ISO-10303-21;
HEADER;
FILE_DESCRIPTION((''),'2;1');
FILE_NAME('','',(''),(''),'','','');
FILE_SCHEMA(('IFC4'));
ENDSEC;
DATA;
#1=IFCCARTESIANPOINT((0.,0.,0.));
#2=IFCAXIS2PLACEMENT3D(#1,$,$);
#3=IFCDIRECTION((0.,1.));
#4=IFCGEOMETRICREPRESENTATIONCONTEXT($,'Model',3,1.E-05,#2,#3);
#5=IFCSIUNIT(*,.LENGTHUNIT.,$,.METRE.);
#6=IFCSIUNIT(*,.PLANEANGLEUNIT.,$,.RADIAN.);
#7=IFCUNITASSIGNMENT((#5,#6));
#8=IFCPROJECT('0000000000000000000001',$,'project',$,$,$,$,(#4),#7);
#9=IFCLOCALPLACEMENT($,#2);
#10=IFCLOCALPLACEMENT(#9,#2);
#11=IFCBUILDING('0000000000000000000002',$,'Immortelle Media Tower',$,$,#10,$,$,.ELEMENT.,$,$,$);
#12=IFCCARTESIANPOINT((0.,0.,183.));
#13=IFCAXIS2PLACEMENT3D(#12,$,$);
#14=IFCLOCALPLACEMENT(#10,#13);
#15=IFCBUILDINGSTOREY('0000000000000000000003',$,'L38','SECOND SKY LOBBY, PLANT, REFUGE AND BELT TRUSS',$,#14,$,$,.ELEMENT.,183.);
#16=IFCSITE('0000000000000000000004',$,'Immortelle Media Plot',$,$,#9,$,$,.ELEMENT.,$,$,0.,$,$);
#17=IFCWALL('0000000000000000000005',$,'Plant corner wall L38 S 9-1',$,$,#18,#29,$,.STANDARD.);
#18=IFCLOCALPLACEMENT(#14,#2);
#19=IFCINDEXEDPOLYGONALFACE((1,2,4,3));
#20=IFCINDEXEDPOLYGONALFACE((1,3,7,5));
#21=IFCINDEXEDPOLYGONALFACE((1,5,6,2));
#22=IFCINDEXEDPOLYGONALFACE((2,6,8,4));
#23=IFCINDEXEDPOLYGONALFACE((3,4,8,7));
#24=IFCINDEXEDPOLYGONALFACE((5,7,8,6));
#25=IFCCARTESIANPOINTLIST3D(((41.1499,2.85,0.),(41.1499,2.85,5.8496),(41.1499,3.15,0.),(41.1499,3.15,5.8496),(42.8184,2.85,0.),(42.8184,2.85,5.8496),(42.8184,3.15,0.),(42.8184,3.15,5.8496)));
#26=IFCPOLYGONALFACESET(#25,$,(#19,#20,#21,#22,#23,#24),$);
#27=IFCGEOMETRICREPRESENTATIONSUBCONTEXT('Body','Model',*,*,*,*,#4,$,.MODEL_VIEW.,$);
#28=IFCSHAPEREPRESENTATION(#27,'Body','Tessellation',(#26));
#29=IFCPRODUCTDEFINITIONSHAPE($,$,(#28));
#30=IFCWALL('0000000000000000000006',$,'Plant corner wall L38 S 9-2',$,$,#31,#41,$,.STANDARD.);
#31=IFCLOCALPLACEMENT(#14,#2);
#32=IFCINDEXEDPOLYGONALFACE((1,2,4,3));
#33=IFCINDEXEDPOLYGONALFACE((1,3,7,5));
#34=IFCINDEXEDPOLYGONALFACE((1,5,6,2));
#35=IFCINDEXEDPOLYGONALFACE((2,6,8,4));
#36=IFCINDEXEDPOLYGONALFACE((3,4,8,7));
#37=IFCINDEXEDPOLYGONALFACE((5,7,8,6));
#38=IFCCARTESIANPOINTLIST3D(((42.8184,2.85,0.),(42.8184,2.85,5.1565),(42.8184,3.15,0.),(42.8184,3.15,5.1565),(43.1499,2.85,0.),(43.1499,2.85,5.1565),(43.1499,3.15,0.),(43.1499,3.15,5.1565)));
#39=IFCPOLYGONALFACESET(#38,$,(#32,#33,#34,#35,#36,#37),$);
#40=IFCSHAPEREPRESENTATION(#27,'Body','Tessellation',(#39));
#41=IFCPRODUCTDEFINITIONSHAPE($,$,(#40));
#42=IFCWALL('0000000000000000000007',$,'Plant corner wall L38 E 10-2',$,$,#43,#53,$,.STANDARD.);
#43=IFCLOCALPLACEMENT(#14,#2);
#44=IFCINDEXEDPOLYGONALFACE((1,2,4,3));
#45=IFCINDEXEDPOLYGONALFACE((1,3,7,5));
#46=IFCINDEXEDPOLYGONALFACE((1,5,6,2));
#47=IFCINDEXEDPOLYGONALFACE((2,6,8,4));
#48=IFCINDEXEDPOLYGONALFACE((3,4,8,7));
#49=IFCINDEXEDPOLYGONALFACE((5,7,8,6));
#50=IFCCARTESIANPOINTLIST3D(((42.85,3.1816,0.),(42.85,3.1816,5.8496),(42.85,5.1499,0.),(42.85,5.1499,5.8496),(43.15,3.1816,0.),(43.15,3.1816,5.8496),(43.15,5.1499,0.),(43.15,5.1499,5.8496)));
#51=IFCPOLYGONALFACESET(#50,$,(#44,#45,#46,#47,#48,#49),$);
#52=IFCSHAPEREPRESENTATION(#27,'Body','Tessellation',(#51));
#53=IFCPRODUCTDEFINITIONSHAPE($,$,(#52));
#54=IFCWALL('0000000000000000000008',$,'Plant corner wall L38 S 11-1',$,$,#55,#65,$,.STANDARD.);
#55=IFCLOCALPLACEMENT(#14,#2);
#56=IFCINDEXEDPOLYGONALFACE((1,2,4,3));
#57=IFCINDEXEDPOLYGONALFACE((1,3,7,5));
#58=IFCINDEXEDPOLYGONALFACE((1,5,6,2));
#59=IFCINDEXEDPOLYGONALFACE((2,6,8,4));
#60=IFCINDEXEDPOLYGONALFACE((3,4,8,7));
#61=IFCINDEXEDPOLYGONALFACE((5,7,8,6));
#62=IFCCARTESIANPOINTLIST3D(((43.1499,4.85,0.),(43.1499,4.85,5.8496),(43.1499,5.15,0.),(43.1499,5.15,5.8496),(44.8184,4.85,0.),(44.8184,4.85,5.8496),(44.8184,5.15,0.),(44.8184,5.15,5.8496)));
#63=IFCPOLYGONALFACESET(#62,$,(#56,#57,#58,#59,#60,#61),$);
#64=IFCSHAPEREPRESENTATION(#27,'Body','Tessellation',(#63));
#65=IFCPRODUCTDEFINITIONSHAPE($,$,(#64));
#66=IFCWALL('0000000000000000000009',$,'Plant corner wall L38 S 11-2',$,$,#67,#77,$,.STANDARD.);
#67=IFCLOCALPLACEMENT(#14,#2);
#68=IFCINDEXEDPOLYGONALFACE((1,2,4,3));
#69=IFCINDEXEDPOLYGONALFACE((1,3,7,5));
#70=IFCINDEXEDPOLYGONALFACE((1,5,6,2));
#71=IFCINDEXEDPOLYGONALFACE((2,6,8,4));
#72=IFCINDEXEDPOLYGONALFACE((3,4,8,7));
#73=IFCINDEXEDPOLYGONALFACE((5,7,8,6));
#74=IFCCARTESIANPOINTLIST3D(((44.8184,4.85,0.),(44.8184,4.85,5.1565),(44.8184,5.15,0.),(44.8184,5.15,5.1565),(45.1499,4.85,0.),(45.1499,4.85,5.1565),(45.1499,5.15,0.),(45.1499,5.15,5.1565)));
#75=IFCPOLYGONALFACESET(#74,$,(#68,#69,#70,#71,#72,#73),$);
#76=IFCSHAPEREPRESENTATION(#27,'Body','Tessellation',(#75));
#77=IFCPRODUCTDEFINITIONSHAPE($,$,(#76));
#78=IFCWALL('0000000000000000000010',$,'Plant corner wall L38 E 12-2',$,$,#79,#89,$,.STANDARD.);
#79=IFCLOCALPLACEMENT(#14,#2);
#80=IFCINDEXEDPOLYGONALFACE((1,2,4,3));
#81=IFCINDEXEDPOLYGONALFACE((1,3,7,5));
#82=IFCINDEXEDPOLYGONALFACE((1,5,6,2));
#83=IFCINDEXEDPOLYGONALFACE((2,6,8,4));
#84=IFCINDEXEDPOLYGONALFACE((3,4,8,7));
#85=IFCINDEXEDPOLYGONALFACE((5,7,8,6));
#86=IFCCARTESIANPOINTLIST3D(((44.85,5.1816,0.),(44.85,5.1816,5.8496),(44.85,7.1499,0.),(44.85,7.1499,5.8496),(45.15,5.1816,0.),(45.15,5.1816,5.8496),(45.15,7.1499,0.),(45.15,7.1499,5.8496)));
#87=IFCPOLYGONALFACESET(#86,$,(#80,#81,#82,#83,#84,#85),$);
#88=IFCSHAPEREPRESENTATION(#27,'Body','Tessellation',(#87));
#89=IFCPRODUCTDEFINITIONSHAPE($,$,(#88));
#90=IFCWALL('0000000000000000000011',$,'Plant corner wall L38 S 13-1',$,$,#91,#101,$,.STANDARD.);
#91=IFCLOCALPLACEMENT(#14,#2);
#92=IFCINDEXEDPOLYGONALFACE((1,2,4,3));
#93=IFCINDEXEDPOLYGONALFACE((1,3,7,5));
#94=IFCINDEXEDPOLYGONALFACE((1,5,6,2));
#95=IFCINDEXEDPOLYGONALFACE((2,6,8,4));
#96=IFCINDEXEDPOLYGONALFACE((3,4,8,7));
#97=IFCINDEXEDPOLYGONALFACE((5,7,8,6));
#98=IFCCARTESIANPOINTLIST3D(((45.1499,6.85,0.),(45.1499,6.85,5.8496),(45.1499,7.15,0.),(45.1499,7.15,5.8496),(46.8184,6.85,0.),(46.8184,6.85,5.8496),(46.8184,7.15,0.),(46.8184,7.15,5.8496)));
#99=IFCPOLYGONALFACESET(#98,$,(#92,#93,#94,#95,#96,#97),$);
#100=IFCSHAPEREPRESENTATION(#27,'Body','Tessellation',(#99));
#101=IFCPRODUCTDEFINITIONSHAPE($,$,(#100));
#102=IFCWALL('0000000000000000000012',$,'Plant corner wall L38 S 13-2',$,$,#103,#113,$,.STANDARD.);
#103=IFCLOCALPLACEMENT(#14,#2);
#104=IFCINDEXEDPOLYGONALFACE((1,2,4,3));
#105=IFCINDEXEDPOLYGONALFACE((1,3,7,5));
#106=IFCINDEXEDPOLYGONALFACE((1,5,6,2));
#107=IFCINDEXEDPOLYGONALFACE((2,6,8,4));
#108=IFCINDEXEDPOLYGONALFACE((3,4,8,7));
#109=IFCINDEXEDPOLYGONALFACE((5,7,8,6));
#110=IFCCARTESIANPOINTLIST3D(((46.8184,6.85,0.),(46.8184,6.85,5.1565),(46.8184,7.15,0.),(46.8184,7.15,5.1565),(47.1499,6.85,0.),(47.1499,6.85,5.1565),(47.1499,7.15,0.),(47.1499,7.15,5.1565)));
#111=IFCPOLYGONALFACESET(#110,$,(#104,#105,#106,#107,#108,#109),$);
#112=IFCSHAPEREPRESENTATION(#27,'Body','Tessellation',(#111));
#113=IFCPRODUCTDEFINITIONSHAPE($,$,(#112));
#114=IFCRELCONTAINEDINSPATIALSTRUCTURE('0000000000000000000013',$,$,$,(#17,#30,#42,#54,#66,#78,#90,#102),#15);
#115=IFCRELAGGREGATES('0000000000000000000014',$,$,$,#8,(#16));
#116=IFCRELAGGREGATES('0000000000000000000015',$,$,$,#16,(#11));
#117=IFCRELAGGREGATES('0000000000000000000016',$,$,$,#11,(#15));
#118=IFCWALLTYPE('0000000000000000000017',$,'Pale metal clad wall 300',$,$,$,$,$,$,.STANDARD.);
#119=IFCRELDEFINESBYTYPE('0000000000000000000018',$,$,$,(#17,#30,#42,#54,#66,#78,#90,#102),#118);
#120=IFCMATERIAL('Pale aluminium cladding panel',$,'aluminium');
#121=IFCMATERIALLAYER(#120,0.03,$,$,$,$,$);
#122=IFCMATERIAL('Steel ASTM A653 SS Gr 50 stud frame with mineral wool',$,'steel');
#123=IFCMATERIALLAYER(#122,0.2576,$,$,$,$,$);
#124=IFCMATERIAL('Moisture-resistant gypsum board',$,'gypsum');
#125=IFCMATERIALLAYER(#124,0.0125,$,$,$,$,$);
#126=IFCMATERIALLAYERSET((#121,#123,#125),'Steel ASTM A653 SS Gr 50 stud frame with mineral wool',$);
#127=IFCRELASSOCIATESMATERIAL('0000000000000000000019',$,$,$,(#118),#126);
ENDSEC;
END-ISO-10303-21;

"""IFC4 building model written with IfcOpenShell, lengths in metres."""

from ifc_helpers import new_model, si_unit, direction, frame, frame_2d, origin, place, context, subcontext, project, spatial, rectangle, extrude, material, layer, layer_set, type_object, element, save


model = new_model("IFC4")

# Units and contexts
model_context = context("Model", 3, precision=1e-05, world=origin(), true_north=direction((0.0, 1.0)))
body_context = subcontext(model_context, "Body", "Model", "MODEL_VIEW")
ifc_project = project(units=[si_unit("LENGTHUNIT", "METRE"), si_unit("PLANEANGLEUNIT", "RADIAN")], contexts=[model_context])

# Site, building, storey
site_placement = place(None, origin())
site = spatial("IfcSite", under=ifc_project, at=site_placement, Name="Immortelle Media Plot", CompositionType="ELEMENT", RefElevation=0.0)
building_placement = place(site_placement, origin())
building = spatial("IfcBuilding", under=site, at=building_placement, Name="Immortelle Media Tower", CompositionType="ELEMENT")
storey_placement = place(building_placement, frame((0.0, 0.0, 183.0)))
storey = spatial("IfcBuildingStorey", under=building, at=storey_placement, Name="L38", Description="SECOND SKY LOBBY, PLANT, REFUGE AND BELT TRUSS", CompositionType="ELEMENT", Elevation=183.0)

# Shared definitions
ifc_material_1 = material(Name="Steel ASTM A653 SS Gr 50 stud frame with mineral wool", Category="steel")

# Walls
ifc_material_2 = material(Name="Pale aluminium cladding panel", Category="aluminium")
ifc_layer_1 = layer(ifc_material_2, 0.03)
ifc_layer_2 = layer(ifc_material_1, 0.2576)
ifc_material_3 = material(Name="Moisture-resistant gypsum board", Category="gypsum")
ifc_layer_3 = layer(ifc_material_3, 0.0125)
ifc_layer_set_1 = layer_set([ifc_layer_1, ifc_layer_2, ifc_layer_3], Name="Steel ASTM A653 SS Gr 50 stud frame with mineral wool")
wall_type_1 = type_object("IfcWallType", Name="Pale metal clad wall 300", PredefinedType="STANDARD", material=ifc_layer_set_1)
wall_1_placement = place(storey_placement, frame((41.1499, 3.0, 0.0), z_axis=(0.0, 0.0, 1.0), x_axis=(1.0, 0.0, 0.0)))
element("IfcWall", 1, at=wall_1_placement, inside=storey, type_object=wall_type_1, Name="Plant corner wall L38 S 9-1", PredefinedType="STANDARD", context=body_context, shape_type="SweptSolid", body=[
    extrude(rectangle(XDim=1.6685, YDim=0.3, at=frame_2d((0.8342, 0.0))), origin(), (0.0, 0.0, 1.0), 5.8496),
])
wall_2_placement = place(storey_placement, frame((42.8184, 3.0, 0.0), z_axis=(0.0, 0.0, 1.0), x_axis=(1.0, 0.0, 0.0)))
element("IfcWall", 2, at=wall_2_placement, inside=storey, type_object=wall_type_1, Name="Plant corner wall L38 S 9-2", PredefinedType="STANDARD", context=body_context, shape_type="SweptSolid", body=[
    extrude(rectangle(XDim=0.3315, YDim=0.3, at=frame_2d((0.1658, 0.0))), origin(), (0.0, 0.0, 1.0), 5.1565),
])
wall_3_placement = place(storey_placement, frame((43.0, 3.1816, 0.0), z_axis=(0.0, 0.0, 1.0), x_axis=(0.0, 1.0, 0.0)))
element("IfcWall", 3, at=wall_3_placement, inside=storey, type_object=wall_type_1, Name="Plant corner wall L38 E 10-2", PredefinedType="STANDARD", context=body_context, shape_type="SweptSolid", body=[
    extrude(rectangle(XDim=1.9683, YDim=0.3, at=frame_2d((0.9841, 0.0))), origin(), (0.0, 0.0, 1.0), 5.8496),
])
wall_4_placement = place(storey_placement, frame((43.1499, 5.0, 0.0), z_axis=(0.0, 0.0, 1.0), x_axis=(1.0, 0.0, 0.0)))
element("IfcWall", 4, at=wall_4_placement, inside=storey, type_object=wall_type_1, Name="Plant corner wall L38 S 11-1", PredefinedType="STANDARD", context=body_context, shape_type="SweptSolid", body=[
    extrude(rectangle(XDim=1.6685, YDim=0.3, at=frame_2d((0.8342, 0.0))), origin(), (0.0, 0.0, 1.0), 5.8496),
])
wall_5_placement = place(storey_placement, frame((44.8184, 5.0, 0.0), z_axis=(0.0, 0.0, 1.0), x_axis=(1.0, 0.0, 0.0)))
element("IfcWall", 5, at=wall_5_placement, inside=storey, type_object=wall_type_1, Name="Plant corner wall L38 S 11-2", PredefinedType="STANDARD", context=body_context, shape_type="SweptSolid", body=[
    extrude(rectangle(XDim=0.3315, YDim=0.3, at=frame_2d((0.1658, 0.0))), origin(), (0.0, 0.0, 1.0), 5.1565),
])
wall_6_placement = place(storey_placement, frame((45.0, 5.1816, 0.0), z_axis=(0.0, 0.0, 1.0), x_axis=(0.0, 1.0, 0.0)))
element("IfcWall", 6, at=wall_6_placement, inside=storey, type_object=wall_type_1, Name="Plant corner wall L38 E 12-2", PredefinedType="STANDARD", context=body_context, shape_type="SweptSolid", body=[
    extrude(rectangle(XDim=1.9683, YDim=0.3, at=frame_2d((0.9841, 0.0))), origin(), (0.0, 0.0, 1.0), 5.8496),
])
wall_7_placement = place(storey_placement, frame((45.1499, 7.0, 0.0), z_axis=(0.0, 0.0, 1.0), x_axis=(1.0, 0.0, 0.0)))
element("IfcWall", 7, at=wall_7_placement, inside=storey, type_object=wall_type_1, Name="Plant corner wall L38 S 13-1", PredefinedType="STANDARD", context=body_context, shape_type="SweptSolid", body=[
    extrude(rectangle(XDim=1.6685, YDim=0.3, at=frame_2d((0.8342, 0.0))), origin(), (0.0, 0.0, 1.0), 5.8496),
])
wall_8_placement = place(storey_placement, frame((46.8184, 7.0, 0.0), z_axis=(0.0, 0.0, 1.0), x_axis=(1.0, 0.0, 0.0)))
element("IfcWall", 8, at=wall_8_placement, inside=storey, type_object=wall_type_1, Name="Plant corner wall L38 S 13-2", PredefinedType="STANDARD", context=body_context, shape_type="SweptSolid", body=[
    extrude(rectangle(XDim=0.3315, YDim=0.3, at=frame_2d((0.1658, 0.0))), origin(), (0.0, 0.0, 1.0), 5.1565),
])

save(model, "model.ifc")
